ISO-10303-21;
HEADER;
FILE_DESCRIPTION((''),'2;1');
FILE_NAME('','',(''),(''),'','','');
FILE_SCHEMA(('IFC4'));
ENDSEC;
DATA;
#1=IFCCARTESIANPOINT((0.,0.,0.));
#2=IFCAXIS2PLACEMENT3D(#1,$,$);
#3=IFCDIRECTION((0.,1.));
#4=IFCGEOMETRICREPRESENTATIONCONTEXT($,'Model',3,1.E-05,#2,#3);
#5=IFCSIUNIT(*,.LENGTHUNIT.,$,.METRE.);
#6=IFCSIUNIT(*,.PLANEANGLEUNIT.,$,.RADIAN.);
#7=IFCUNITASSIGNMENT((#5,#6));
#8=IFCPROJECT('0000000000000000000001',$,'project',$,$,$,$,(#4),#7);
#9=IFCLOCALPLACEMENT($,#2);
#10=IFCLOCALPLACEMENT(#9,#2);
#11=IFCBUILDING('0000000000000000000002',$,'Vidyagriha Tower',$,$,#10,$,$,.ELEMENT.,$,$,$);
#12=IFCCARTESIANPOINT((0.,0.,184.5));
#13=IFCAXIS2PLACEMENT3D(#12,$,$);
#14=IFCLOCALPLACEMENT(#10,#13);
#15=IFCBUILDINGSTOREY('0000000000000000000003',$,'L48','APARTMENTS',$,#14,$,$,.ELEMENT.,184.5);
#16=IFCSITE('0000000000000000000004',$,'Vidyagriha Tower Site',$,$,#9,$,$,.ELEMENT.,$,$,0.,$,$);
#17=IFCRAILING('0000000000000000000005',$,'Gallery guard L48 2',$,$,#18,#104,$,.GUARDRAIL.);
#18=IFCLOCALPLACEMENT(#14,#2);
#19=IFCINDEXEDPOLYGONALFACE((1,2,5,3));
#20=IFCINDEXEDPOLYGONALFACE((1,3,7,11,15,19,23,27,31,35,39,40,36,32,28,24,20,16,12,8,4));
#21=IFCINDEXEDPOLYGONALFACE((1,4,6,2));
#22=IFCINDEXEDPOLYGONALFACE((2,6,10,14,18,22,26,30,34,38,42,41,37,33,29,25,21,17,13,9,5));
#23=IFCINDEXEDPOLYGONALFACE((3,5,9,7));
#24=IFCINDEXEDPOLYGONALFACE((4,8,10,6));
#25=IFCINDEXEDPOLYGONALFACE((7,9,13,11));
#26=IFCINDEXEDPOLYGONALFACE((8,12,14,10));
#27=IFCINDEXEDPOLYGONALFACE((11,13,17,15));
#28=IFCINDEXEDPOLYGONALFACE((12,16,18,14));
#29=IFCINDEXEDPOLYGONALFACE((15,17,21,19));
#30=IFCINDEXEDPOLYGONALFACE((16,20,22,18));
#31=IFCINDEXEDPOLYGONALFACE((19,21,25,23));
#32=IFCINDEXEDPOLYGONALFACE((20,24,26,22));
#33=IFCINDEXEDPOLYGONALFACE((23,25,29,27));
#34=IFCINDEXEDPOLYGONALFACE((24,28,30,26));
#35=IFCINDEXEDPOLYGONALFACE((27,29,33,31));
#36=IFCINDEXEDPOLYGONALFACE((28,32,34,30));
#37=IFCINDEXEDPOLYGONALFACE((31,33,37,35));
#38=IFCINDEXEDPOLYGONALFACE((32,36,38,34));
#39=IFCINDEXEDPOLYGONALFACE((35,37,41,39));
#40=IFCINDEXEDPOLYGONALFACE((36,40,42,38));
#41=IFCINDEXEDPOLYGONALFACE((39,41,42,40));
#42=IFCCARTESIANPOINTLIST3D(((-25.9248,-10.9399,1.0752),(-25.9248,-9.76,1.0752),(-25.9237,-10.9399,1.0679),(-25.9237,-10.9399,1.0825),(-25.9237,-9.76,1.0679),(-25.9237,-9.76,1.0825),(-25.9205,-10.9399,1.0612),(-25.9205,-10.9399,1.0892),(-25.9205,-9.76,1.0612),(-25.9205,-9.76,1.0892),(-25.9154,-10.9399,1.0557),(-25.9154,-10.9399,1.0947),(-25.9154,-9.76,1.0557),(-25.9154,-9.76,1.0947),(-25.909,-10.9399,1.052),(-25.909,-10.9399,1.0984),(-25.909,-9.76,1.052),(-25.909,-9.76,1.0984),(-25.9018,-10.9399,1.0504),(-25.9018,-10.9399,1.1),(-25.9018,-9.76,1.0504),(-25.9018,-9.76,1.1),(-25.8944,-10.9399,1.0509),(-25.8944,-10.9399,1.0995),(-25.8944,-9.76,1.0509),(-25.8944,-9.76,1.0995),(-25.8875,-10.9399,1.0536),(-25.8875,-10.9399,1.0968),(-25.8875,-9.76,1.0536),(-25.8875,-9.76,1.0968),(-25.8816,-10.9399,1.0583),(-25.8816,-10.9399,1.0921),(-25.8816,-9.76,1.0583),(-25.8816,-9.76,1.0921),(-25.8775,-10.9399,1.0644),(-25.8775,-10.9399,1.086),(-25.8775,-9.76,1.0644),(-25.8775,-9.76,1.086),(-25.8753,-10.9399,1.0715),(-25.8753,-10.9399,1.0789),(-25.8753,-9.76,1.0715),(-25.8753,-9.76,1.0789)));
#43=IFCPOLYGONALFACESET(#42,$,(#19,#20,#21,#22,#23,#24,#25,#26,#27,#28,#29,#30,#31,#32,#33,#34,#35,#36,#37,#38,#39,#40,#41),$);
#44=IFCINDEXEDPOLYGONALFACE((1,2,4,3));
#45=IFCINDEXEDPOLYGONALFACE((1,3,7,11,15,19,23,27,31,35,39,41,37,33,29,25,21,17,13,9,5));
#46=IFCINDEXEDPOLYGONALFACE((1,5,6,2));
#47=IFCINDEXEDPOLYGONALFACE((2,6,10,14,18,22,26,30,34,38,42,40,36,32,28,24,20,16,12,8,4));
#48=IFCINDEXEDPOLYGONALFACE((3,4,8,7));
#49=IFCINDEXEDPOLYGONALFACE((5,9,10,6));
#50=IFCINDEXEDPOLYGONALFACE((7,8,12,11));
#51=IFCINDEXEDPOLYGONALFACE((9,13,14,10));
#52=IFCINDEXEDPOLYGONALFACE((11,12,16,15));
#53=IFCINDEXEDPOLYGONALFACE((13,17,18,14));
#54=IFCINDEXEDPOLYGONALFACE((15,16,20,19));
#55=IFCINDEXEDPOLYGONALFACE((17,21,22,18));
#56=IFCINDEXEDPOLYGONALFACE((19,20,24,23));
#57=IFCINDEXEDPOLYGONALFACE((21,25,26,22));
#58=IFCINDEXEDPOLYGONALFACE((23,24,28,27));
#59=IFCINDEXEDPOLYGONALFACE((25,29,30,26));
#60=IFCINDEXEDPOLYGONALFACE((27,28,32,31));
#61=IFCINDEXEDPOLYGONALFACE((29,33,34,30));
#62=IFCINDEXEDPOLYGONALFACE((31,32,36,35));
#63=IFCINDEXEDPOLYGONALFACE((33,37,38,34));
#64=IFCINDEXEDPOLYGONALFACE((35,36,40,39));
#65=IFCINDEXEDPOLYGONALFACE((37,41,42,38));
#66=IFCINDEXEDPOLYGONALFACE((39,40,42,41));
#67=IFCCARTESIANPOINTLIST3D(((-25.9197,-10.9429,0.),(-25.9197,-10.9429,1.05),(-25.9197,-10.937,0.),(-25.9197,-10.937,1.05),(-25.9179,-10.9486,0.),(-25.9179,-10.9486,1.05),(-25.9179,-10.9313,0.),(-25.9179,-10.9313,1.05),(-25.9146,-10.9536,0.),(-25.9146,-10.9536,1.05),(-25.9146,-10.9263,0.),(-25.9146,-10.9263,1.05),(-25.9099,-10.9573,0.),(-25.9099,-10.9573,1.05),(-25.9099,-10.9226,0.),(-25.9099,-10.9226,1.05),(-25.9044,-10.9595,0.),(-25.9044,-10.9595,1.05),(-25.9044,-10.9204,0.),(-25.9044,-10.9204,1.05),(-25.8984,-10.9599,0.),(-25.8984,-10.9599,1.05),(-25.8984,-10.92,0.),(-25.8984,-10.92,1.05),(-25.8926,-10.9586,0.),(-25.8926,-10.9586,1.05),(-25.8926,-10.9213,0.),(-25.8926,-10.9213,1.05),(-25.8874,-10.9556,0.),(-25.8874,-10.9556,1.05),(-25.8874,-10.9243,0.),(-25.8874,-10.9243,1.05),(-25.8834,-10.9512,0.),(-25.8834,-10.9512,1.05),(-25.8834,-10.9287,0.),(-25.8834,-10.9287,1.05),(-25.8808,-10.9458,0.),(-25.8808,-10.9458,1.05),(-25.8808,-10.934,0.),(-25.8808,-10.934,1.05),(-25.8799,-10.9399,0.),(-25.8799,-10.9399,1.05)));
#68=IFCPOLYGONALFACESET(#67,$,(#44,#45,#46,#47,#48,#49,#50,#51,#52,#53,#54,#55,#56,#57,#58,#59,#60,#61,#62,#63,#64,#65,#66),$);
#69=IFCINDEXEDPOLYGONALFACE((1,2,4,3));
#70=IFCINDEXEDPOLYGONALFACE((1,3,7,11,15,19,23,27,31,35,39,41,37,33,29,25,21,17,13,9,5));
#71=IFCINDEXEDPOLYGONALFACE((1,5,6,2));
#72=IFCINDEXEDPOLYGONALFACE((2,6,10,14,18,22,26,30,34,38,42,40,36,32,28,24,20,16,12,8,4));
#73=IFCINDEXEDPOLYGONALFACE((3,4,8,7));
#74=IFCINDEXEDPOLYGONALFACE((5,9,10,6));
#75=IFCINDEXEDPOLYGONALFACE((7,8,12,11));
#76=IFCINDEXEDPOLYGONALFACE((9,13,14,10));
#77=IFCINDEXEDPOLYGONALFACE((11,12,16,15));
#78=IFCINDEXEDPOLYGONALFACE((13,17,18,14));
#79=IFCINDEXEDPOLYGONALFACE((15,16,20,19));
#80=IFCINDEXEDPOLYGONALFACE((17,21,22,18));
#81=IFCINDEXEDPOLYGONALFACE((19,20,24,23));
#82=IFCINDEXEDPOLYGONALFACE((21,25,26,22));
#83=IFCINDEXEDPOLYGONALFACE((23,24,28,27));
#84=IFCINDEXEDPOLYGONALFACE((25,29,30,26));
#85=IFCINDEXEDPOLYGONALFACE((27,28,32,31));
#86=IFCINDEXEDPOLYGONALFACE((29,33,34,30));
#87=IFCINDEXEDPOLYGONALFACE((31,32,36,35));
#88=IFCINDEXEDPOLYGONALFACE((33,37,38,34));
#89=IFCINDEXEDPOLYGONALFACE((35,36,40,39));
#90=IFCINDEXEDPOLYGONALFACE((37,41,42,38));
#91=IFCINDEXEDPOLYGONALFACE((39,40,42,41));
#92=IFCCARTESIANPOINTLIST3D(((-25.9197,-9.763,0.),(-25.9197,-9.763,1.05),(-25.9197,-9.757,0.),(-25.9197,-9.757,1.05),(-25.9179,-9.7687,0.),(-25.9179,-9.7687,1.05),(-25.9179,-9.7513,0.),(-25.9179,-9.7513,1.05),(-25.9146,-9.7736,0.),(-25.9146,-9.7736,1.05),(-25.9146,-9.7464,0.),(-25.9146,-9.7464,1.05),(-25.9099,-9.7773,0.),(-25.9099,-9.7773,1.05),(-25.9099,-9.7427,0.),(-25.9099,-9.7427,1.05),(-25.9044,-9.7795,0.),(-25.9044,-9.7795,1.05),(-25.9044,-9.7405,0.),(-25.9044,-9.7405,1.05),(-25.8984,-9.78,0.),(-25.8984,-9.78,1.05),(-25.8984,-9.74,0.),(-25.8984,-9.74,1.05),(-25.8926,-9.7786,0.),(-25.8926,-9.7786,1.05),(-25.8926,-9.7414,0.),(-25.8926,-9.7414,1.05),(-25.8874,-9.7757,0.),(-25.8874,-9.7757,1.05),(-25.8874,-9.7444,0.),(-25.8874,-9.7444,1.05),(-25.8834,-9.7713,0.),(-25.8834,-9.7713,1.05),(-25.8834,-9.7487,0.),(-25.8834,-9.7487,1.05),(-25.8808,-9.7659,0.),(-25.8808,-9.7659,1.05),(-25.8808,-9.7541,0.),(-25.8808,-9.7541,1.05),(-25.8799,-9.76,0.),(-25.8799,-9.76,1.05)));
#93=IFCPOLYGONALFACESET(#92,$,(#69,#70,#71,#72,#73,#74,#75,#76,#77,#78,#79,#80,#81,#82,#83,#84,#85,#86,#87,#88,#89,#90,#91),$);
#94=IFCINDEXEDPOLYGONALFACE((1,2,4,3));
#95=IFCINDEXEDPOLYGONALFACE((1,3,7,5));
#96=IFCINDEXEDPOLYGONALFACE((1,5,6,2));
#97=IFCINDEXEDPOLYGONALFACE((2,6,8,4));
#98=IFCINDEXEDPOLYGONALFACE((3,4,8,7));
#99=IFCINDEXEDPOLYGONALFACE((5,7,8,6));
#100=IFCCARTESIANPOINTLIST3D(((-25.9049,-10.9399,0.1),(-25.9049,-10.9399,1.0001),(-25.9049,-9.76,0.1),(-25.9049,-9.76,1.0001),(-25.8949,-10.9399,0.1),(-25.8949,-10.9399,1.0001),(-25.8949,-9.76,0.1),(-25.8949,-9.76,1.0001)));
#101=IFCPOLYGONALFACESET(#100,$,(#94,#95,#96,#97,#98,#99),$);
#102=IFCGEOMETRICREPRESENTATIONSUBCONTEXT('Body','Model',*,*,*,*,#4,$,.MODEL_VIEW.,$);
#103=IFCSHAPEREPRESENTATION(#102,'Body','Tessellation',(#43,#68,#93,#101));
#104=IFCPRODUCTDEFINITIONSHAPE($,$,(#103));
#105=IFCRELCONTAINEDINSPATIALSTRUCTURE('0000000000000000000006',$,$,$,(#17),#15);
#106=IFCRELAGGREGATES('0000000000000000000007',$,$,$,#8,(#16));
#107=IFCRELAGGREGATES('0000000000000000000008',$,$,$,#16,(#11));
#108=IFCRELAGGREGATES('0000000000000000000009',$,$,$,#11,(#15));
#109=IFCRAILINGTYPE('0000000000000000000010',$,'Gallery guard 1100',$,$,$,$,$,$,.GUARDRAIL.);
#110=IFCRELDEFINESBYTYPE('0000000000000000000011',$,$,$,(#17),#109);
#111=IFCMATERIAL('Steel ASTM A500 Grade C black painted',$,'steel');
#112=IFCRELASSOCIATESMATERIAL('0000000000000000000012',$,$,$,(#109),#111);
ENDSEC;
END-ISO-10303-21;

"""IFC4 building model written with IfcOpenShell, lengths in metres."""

from ifc_helpers import new_model, si_unit, direction, frame, origin, origin_2d, place, context, subcontext, project, spatial, rectangle, circle, extrude, material, type_object, element, save


model = new_model("IFC4")

# Units and contexts
model_context = context("Model", 3, precision=1e-05, world=origin(), true_north=direction((0.0, 1.0)))
body_context = subcontext(model_context, "Body", "Model", "MODEL_VIEW")
ifc_project = project(units=[si_unit("LENGTHUNIT", "METRE"), si_unit("PLANEANGLEUNIT", "RADIAN")], contexts=[model_context])

# Site, building, storey
site_placement = place(None, origin())
site = spatial("IfcSite", under=ifc_project, at=site_placement, Name="Vidyagriha Tower Site", CompositionType="ELEMENT", RefElevation=0.0)
building_placement = place(site_placement, origin())
building = spatial("IfcBuilding", under=site, at=building_placement, Name="Vidyagriha Tower", CompositionType="ELEMENT")
storey_placement = place(building_placement, frame((0.0, 0.0, 184.5)))
storey = spatial("IfcBuildingStorey", under=building, at=storey_placement, Name="L48", Description="APARTMENTS", CompositionType="ELEMENT", Elevation=184.5)

# Railing
ifc_material_1 = material(Name="Steel ASTM A500 Grade C black painted", Category="steel")
railing_type_1 = type_object("IfcRailingType", Name="Gallery guard 1100", PredefinedType="GUARDRAIL", material=ifc_material_1)
railing_1_placement = place(storey_placement, frame((-25.8999, -10.9399, 0.0)))
element("IfcRailing", 1, at=railing_1_placement, inside=storey, type_object=railing_type_1, Name="Gallery guard L48 2", PredefinedType="GUARDRAIL", context=body_context, shape_type="SweptSolid", body=[
    extrude(circle(Radius=0.0249, at=origin_2d()), frame((0.0, 0.0, 1.0752), z_axis=(0.0, 1.0, 0.0), x_axis=(-1.0, 0.0, 0.0)), (0.0, 0.0, 1.0), 1.1799),
    extrude(circle(Radius=0.02, at=origin_2d()), origin(), (0.0, 0.0, 1.0), 1.05),
    extrude(circle(Radius=0.02, at=origin_2d()), frame((0.0, 1.1799, 0.0)), (0.0, 0.0, 1.0), 1.05),
    extrude(rectangle(XDim=0.01, YDim=0.9001, at=origin_2d()), frame((0.0, 0.0, 0.55), z_axis=(0.0, 1.0, 0.0), x_axis=(-1.0, 0.0, 0.0)), (0.0, 0.0, 1.0), 1.1799),
])

save(model, "model.ifc")
